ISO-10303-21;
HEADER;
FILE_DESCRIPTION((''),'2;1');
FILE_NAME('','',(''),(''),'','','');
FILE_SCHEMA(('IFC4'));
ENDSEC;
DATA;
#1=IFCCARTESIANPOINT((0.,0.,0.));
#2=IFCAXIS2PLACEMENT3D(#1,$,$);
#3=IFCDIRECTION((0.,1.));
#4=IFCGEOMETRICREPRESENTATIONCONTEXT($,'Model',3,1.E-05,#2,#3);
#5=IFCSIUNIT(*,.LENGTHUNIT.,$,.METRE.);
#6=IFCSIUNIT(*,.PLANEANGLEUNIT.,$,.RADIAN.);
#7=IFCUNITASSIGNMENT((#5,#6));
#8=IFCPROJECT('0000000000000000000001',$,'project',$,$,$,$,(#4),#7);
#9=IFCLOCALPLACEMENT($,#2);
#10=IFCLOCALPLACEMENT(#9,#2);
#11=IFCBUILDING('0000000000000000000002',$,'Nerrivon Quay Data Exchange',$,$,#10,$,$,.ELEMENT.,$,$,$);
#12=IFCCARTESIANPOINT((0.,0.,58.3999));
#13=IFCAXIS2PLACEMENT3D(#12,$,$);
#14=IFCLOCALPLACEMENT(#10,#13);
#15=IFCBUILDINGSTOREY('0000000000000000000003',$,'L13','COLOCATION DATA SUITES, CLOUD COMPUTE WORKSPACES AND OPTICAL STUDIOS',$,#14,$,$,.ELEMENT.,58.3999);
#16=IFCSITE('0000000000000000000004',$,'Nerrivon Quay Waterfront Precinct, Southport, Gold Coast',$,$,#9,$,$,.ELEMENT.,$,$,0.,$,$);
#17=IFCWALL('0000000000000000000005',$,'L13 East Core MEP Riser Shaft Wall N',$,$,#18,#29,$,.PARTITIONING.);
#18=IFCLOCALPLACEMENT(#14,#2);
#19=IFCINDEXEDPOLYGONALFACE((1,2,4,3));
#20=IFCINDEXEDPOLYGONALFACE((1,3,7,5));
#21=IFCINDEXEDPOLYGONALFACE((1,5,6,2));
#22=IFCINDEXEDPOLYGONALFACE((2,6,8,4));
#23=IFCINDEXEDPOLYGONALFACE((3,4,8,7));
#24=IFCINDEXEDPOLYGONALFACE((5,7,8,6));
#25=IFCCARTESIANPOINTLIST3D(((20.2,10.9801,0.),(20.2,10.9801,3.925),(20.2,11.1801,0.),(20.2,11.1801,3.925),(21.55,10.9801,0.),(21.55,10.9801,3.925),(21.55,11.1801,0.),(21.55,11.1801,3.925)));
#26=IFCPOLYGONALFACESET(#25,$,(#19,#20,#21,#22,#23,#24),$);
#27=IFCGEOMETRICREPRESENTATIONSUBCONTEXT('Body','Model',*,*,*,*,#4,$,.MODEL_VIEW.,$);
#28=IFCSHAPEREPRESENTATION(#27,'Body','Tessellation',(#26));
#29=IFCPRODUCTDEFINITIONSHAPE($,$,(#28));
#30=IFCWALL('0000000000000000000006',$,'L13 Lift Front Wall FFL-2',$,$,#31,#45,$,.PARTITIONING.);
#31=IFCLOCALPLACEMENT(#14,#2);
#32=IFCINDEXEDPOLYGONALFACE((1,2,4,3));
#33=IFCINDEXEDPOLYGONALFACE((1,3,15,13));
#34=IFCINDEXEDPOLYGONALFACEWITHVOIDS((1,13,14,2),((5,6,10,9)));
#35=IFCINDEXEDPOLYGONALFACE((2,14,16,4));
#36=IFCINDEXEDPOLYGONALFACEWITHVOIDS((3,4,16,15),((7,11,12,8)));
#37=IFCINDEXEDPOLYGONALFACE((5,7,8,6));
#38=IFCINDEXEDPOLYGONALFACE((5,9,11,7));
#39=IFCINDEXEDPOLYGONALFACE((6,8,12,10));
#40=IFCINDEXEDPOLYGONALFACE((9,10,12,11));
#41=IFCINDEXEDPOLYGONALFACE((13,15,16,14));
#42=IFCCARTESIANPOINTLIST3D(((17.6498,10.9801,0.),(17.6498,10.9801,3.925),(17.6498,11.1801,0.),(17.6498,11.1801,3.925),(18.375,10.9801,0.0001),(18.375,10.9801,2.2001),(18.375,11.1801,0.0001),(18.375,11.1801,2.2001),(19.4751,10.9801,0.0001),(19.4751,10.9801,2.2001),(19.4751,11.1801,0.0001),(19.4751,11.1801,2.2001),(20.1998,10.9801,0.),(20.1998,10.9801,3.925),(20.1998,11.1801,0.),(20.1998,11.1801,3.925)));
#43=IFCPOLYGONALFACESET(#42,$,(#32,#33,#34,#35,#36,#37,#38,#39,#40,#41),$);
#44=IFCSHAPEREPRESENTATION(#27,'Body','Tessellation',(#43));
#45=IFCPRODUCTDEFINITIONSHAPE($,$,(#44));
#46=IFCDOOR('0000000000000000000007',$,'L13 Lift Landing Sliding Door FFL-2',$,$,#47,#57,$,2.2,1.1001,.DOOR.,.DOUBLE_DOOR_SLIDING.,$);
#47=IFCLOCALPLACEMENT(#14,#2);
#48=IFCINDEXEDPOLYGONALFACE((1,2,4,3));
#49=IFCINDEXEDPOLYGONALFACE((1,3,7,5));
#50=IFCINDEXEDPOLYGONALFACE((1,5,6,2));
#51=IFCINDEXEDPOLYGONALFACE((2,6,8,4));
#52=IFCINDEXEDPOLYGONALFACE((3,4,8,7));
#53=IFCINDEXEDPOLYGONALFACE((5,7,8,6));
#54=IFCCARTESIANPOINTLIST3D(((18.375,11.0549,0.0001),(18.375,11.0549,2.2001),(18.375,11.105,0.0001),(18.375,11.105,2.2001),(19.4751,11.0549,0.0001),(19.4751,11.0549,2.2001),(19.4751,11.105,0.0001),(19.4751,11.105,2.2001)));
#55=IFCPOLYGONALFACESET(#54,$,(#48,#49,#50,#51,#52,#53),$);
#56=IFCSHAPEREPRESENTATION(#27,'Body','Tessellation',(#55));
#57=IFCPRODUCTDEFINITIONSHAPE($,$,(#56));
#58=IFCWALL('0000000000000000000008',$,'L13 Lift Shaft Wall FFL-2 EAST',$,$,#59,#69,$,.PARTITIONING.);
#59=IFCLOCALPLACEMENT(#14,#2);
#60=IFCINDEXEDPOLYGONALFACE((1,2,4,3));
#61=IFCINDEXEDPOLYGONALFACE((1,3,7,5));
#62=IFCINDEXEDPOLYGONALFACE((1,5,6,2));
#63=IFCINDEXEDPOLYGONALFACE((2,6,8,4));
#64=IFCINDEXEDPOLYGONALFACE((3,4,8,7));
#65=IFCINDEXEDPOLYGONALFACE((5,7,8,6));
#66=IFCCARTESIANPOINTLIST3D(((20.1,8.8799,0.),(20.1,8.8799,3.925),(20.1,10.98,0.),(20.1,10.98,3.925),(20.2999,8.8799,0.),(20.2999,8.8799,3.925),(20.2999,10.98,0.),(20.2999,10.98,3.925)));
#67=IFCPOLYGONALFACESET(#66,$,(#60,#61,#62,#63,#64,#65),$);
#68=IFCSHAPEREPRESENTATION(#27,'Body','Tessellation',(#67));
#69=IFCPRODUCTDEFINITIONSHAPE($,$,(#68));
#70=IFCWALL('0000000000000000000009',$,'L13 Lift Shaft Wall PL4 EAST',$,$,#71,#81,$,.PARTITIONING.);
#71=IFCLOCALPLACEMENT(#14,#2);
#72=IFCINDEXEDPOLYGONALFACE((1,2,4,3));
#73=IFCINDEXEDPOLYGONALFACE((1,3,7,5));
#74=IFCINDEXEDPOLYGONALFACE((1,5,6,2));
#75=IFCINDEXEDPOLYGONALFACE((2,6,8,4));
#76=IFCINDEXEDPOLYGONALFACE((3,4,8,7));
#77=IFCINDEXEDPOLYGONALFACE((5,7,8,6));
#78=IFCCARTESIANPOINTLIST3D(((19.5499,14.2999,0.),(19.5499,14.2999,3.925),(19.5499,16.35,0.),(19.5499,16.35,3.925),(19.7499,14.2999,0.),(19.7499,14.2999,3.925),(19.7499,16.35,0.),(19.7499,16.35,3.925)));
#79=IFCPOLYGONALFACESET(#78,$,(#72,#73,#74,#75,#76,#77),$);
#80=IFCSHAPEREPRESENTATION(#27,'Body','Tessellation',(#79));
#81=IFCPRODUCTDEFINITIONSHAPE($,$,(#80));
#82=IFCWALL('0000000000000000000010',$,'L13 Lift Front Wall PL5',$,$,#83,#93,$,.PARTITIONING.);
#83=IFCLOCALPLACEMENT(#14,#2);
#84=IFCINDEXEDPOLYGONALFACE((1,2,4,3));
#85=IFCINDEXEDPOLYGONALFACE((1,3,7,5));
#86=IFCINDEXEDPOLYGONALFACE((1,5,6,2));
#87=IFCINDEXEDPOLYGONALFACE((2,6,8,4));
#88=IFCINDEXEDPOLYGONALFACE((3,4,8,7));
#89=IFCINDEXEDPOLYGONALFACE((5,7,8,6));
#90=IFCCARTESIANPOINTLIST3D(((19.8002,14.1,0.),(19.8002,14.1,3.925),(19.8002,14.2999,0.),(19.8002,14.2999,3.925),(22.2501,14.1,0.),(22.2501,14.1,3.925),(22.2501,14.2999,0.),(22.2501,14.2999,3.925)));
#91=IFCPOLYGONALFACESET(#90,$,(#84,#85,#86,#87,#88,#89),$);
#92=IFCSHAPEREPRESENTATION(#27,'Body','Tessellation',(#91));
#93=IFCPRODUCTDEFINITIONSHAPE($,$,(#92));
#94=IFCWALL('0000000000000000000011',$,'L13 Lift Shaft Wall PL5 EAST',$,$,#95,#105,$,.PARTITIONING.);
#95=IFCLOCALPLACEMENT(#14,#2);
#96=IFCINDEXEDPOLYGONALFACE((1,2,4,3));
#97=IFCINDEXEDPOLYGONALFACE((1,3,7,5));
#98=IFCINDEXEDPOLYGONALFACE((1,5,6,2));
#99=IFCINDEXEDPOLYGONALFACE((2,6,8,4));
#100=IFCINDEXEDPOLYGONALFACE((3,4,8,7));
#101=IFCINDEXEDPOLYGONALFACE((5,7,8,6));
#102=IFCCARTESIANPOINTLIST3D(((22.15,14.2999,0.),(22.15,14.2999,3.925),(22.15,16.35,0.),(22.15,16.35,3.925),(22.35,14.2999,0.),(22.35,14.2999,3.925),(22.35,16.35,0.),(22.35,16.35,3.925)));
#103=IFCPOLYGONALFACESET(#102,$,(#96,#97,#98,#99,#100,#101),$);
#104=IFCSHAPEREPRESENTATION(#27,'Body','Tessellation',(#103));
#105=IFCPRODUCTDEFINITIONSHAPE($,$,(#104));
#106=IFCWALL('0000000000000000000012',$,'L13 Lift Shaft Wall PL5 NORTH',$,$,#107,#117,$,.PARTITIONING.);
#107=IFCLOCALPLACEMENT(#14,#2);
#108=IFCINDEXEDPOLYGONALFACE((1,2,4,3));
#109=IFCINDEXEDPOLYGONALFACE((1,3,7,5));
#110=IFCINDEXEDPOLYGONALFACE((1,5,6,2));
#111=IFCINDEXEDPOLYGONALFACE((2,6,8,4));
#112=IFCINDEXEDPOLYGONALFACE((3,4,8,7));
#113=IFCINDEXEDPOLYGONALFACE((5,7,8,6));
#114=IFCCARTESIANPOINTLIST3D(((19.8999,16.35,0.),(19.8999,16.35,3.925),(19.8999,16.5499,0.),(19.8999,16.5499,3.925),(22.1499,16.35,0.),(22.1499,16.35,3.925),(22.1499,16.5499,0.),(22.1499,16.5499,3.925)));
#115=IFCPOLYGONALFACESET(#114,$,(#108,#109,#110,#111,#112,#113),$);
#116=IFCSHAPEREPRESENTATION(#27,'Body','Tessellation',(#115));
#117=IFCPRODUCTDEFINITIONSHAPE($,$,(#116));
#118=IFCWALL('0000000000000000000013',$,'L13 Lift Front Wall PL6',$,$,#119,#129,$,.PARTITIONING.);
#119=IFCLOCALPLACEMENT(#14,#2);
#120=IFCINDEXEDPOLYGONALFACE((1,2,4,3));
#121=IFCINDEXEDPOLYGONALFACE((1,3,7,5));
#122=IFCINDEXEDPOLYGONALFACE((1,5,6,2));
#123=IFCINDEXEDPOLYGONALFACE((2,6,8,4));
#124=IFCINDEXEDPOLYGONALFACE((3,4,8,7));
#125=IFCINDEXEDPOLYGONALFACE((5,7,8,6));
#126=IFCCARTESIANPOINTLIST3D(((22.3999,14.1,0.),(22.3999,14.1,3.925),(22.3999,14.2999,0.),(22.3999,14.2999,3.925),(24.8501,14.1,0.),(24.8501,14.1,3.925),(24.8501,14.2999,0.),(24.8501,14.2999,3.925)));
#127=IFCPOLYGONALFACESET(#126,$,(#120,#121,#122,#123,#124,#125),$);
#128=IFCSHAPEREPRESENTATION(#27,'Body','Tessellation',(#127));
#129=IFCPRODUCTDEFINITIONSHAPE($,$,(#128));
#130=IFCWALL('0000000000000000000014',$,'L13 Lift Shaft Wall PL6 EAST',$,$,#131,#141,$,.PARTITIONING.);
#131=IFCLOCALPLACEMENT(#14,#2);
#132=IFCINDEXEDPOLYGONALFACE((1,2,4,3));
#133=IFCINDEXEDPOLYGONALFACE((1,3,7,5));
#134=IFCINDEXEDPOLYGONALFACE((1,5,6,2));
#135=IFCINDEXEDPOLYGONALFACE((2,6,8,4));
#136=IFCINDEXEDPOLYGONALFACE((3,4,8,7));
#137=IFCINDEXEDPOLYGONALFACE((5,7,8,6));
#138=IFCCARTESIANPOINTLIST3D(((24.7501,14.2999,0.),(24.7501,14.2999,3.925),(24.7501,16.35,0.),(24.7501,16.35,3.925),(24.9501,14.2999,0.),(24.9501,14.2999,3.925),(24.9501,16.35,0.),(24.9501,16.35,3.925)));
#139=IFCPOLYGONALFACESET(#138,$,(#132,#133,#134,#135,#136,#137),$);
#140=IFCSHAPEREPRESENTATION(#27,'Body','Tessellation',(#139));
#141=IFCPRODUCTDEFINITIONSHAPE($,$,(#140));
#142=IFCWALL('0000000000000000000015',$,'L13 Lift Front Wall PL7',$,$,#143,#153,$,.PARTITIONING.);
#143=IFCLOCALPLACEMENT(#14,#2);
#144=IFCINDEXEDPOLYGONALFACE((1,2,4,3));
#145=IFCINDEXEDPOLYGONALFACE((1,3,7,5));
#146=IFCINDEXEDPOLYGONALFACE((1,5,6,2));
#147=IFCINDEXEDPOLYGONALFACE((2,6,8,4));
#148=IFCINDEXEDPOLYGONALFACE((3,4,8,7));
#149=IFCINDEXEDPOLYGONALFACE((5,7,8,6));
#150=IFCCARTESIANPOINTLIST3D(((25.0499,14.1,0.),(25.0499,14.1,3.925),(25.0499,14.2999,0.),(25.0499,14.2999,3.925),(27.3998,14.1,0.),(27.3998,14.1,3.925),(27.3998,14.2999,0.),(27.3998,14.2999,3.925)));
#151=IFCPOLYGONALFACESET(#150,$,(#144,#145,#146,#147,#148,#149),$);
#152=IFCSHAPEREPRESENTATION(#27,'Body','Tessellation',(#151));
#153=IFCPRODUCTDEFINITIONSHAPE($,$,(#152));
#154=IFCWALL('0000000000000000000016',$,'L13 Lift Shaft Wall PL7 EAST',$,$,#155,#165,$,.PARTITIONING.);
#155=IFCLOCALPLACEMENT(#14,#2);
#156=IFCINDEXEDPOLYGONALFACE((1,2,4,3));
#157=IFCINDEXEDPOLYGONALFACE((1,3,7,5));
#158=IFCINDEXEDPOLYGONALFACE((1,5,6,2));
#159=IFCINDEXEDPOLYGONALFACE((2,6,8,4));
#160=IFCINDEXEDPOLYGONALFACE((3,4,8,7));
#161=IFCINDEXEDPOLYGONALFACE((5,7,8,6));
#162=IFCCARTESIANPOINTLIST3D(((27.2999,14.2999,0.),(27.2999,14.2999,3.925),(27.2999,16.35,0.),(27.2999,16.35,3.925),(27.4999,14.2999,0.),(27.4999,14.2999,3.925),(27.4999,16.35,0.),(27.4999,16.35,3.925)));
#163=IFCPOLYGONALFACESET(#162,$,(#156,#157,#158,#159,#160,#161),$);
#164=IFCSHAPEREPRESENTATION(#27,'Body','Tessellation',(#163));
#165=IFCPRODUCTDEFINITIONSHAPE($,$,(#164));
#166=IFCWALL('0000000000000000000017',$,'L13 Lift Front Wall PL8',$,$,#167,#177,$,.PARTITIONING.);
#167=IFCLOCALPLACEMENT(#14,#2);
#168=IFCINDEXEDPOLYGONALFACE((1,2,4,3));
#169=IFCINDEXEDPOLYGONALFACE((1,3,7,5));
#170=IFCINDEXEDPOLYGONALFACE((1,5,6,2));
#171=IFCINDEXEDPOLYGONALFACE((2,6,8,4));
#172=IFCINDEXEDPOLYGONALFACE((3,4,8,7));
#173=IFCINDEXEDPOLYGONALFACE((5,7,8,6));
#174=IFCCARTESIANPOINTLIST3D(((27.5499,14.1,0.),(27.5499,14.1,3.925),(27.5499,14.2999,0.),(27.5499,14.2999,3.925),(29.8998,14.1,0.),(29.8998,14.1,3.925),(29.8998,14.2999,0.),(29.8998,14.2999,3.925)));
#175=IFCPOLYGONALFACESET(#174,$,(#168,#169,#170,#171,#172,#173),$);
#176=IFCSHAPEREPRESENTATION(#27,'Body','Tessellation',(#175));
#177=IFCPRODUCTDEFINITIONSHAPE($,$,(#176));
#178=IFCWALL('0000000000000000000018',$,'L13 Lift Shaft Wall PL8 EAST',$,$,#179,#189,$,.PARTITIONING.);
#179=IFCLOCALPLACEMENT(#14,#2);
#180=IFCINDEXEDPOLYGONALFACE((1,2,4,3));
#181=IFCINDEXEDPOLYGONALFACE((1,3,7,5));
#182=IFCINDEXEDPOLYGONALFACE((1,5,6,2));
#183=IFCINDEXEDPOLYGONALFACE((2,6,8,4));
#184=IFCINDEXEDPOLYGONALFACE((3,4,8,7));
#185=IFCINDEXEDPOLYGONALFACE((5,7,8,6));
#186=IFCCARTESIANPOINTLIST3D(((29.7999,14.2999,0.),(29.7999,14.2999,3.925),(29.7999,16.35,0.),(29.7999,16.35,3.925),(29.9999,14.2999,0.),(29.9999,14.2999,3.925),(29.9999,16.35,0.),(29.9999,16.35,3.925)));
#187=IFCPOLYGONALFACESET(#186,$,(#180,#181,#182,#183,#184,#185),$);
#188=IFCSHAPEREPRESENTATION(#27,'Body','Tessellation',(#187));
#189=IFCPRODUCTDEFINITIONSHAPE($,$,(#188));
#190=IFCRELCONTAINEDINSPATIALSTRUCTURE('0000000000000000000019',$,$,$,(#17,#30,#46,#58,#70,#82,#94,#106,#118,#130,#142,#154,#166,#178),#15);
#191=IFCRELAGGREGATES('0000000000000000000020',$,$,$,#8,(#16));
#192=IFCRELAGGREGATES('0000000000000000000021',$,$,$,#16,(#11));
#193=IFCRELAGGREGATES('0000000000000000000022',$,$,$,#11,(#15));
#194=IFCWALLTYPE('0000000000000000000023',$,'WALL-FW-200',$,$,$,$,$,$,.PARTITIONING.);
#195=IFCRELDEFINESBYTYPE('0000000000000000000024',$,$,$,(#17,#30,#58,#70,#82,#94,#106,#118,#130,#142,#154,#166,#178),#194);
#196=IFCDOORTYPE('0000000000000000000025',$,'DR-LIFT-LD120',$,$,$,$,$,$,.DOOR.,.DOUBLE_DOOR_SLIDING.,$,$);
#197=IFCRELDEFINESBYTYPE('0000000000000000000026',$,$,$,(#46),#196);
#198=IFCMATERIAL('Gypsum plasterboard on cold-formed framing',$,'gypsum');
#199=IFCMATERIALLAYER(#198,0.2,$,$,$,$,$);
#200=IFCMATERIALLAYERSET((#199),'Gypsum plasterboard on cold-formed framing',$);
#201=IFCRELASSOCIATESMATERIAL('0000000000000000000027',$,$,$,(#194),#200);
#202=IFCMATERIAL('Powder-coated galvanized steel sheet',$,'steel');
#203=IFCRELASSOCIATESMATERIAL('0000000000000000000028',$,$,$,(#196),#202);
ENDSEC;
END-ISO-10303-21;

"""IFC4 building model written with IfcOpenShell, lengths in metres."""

from ifc_helpers import new_model, si_unit, direction, frame, frame_2d, origin, place, context, subcontext, project, spatial, rectangle, extrude, material, layer, layer_set, type_object, element, fill, save


model = new_model("IFC4")

# Units and contexts
model_context = context("Model", 3, precision=1e-05, world=origin(), true_north=direction((0.0, 1.0)))
body_context = subcontext(model_context, "Body", "Model", "MODEL_VIEW")
ifc_project = project(units=[si_unit("LENGTHUNIT", "METRE"), si_unit("PLANEANGLEUNIT", "RADIAN")], contexts=[model_context])

# Site, building, storey
site_placement = place(None, origin())
site = spatial("IfcSite", under=ifc_project, at=site_placement, Name="Nerrivon Quay Waterfront Precinct, Southport, Gold Coast", CompositionType="ELEMENT", RefElevation=0.0)
building_placement = place(site_placement, origin())
building = spatial("IfcBuilding", under=site, at=building_placement, Name="Nerrivon Quay Data Exchange", CompositionType="ELEMENT")
storey_placement = place(building_placement, frame((0.0, 0.0, 58.3999)))
storey = spatial("IfcBuildingStorey", under=building, at=storey_placement, Name="L13", Description="COLOCATION DATA SUITES, CLOUD COMPUTE WORKSPACES AND OPTICAL STUDIOS", CompositionType="ELEMENT", Elevation=58.3999)

# Wall
ifc_material_1 = material(Name="Gypsum plasterboard on cold-formed framing", Category="gypsum")
ifc_layer_1 = layer(ifc_material_1, 0.2)
ifc_layer_set_1 = layer_set([ifc_layer_1], Name="Gypsum plasterboard on cold-formed framing")
wall_type_1 = type_object("IfcWallType", Name="WALL-FW-200", PredefinedType="PARTITIONING", material=ifc_layer_set_1)
wall_1_placement = place(storey_placement, frame((20.2, 11.0801, 0.0), z_axis=(0.0, 0.0, 1.0), x_axis=(1.0, 0.0, 0.0)))
element("IfcWall", 1, at=wall_1_placement, inside=storey, type_object=wall_type_1, Name="L13 East Core MEP Riser Shaft Wall N", PredefinedType="PARTITIONING", context=body_context, shape_type="SweptSolid", body=[
    extrude(rectangle(XDim=1.3501, YDim=0.2, at=frame_2d((0.675, 0.0))), origin(), (0.0, 0.0, 1.0), 3.925),
])

# Wall, opening, door
wall_2_placement = place(storey_placement, frame((17.6499, 11.0801, 0.0), z_axis=(0.0, 0.0, 1.0), x_axis=(1.0, 0.0, 0.0)))
wall_2 = element("IfcWall", 2, at=wall_2_placement, inside=storey, type_object=wall_type_1, Name="L13 Lift Front Wall FFL-2", PredefinedType="PARTITIONING", context=body_context, shape_type="SweptSolid", body=[
    extrude(rectangle(XDim=2.55, YDim=0.2, at=frame_2d((1.2749, 0.0))), origin(), (0.0, 0.0, 1.0), 3.925),
])
opening_1_placement = place(wall_2_placement, frame((0.7251, 0.0, 0.0)))
opening_1 = element("IfcOpeningElement", 3, at=opening_1_placement, cuts=wall_2, PredefinedType="OPENING", context=body_context, shape_type="SweptSolid", body=[
    extrude(rectangle(XDim=1.1001, YDim=2.2, at=frame_2d((0.55, 1.1001))), frame((0.0, 0.1099, 0.0), z_axis=(0.0, -1.0, 0.0), x_axis=(1.0, 0.0, 0.0)), (0.0, 0.0, 1.0), 0.22),
])
ifc_material_2 = material(Name="Powder-coated galvanized steel sheet", Category="steel")
door_type_1 = type_object("IfcDoorType", Name="DR-LIFT-LD120", OperationType="DOUBLE_DOOR_SLIDING", PredefinedType="DOOR", material=ifc_material_2)
door_1_placement = place(opening_1_placement, origin())
door_1 = element("IfcDoor", 4, at=door_1_placement, inside=storey, type_object=door_type_1, Name="L13 Lift Landing Sliding Door FFL-2", OperationType="DOUBLE_DOOR_SLIDING", OverallHeight=2.2, OverallWidth=1.1001, PredefinedType="DOOR", context=body_context, shape_type="SweptSolid", body=[
    extrude(rectangle(XDim=1.1001, YDim=2.2, at=frame_2d((0.55, 1.1001))), frame((0.0, 0.0249, 0.0), z_axis=(0.0, -1.0, 0.0), x_axis=(1.0, 0.0, 0.0)), (0.0, 0.0, 1.0), 0.05),
])
fill(opening_1, door_1)

# Walls
wall_3_placement = place(storey_placement, frame((20.2, 8.8799, 0.0), z_axis=(0.0, 0.0, 1.0), x_axis=(0.0, 1.0, 0.0)))
element("IfcWall", 5, at=wall_3_placement, inside=storey, type_object=wall_type_1, Name="L13 Lift Shaft Wall FFL-2 EAST", PredefinedType="PARTITIONING", context=body_context, shape_type="SweptSolid", body=[
    extrude(rectangle(XDim=2.1001, YDim=0.2, at=frame_2d((1.05, 0.0))), origin(), (0.0, 0.0, 1.0), 3.925),
])
wall_4_placement = place(storey_placement, frame((19.6499, 14.3, 0.0), z_axis=(0.0, 0.0, 1.0), x_axis=(0.0, 1.0, 0.0)))
element("IfcWall", 6, at=wall_4_placement, inside=storey, type_object=wall_type_1, Name="L13 Lift Shaft Wall PL4 EAST", PredefinedType="PARTITIONING", context=body_context, shape_type="SweptSolid", body=[
    extrude(rectangle(XDim=2.05, YDim=0.2, at=frame_2d((1.0249, 0.0))), origin(), (0.0, 0.0, 1.0), 3.925),
])
wall_5_placement = place(storey_placement, frame((19.8, 14.2, 0.0), z_axis=(0.0, 0.0, 1.0), x_axis=(1.0, 0.0, 0.0)))
element("IfcWall", 7, at=wall_5_placement, inside=storey, type_object=wall_type_1, Name="L13 Lift Front Wall PL5", PredefinedType="PARTITIONING", context=body_context, shape_type="SweptSolid", body=[
    extrude(rectangle(XDim=2.45, YDim=0.2, at=frame_2d((1.2251, 0.0))), origin(), (0.0, 0.0, 1.0), 3.925),
])
wall_6_placement = place(storey_placement, frame((22.25, 14.3, 0.0), z_axis=(0.0, 0.0, 1.0), x_axis=(0.0, 1.0, 0.0)))
element("IfcWall", 8, at=wall_6_placement, inside=storey, type_object=wall_type_1, Name="L13 Lift Shaft Wall PL5 EAST", PredefinedType="PARTITIONING", context=body_context, shape_type="SweptSolid", body=[
    extrude(rectangle(XDim=2.05, YDim=0.2, at=frame_2d((1.0249, 0.0))), origin(), (0.0, 0.0, 1.0), 3.925),
])
wall_7_placement = place(storey_placement, frame((19.8999, 16.45, 0.0), z_axis=(0.0, 0.0, 1.0), x_axis=(1.0, 0.0, 0.0)))
element("IfcWall", 9, at=wall_7_placement, inside=storey, type_object=wall_type_1, Name="L13 Lift Shaft Wall PL5 NORTH", PredefinedType="PARTITIONING", context=body_context, shape_type="SweptSolid", body=[
    extrude(rectangle(XDim=2.25, YDim=0.2, at=frame_2d((1.125, 0.0))), origin(), (0.0, 0.0, 1.0), 3.925),
])
wall_8_placement = place(storey_placement, frame((22.3999, 14.2, 0.0), z_axis=(0.0, 0.0, 1.0), x_axis=(1.0, 0.0, 0.0)))
element("IfcWall", 10, at=wall_8_placement, inside=storey, type_object=wall_type_1, Name="L13 Lift Front Wall PL6", PredefinedType="PARTITIONING", context=body_context, shape_type="SweptSolid", body=[
    extrude(rectangle(XDim=2.4502, YDim=0.2, at=frame_2d((1.2251, 0.0))), origin(), (0.0, 0.0, 1.0), 3.925),
])
wall_9_placement = place(storey_placement, frame((24.8501, 14.3, 0.0), z_axis=(0.0, 0.0, 1.0), x_axis=(0.0, 1.0, 0.0)))
element("IfcWall", 11, at=wall_9_placement, inside=storey, type_object=wall_type_1, Name="L13 Lift Shaft Wall PL6 EAST", PredefinedType="PARTITIONING", context=body_context, shape_type="SweptSolid", body=[
    extrude(rectangle(XDim=2.05, YDim=0.2, at=frame_2d((1.0249, 0.0))), origin(), (0.0, 0.0, 1.0), 3.925),
])
wall_10_placement = place(storey_placement, frame((25.05, 14.2, 0.0), z_axis=(0.0, 0.0, 1.0), x_axis=(1.0, 0.0, 0.0)))
element("IfcWall", 12, at=wall_10_placement, inside=storey, type_object=wall_type_1, Name="L13 Lift Front Wall PL7", PredefinedType="PARTITIONING", context=body_context, shape_type="SweptSolid", body=[
    extrude(rectangle(XDim=2.3499, YDim=0.2, at=frame_2d((1.1748, 0.0))), origin(), (0.0, 0.0, 1.0), 3.925),
])
wall_11_placement = place(storey_placement, frame((27.3999, 14.3, 0.0), z_axis=(0.0, 0.0, 1.0), x_axis=(0.0, 1.0, 0.0)))
element("IfcWall", 13, at=wall_11_placement, inside=storey, type_object=wall_type_1, Name="L13 Lift Shaft Wall PL7 EAST", PredefinedType="PARTITIONING", context=body_context, shape_type="SweptSolid", body=[
    extrude(rectangle(XDim=2.05, YDim=0.2, at=frame_2d((1.0249, 0.0))), origin(), (0.0, 0.0, 1.0), 3.925),
])
wall_12_placement = place(storey_placement, frame((27.55, 14.2, 0.0), z_axis=(0.0, 0.0, 1.0), x_axis=(1.0, 0.0, 0.0)))
element("IfcWall", 14, at=wall_12_placement, inside=storey, type_object=wall_type_1, Name="L13 Lift Front Wall PL8", PredefinedType="PARTITIONING", context=body_context, shape_type="SweptSolid", body=[
    extrude(rectangle(XDim=2.3499, YDim=0.2, at=frame_2d((1.1748, 0.0))), origin(), (0.0, 0.0, 1.0), 3.925),
])
wall_13_placement = place(storey_placement, frame((29.8999, 14.3, 0.0), z_axis=(0.0, 0.0, 1.0), x_axis=(0.0, 1.0, 0.0)))
element("IfcWall", 15, at=wall_13_placement, inside=storey, type_object=wall_type_1, Name="L13 Lift Shaft Wall PL8 EAST", PredefinedType="PARTITIONING", context=body_context, shape_type="SweptSolid", body=[
    extrude(rectangle(XDim=2.05, YDim=0.2, at=frame_2d((1.0249, 0.0))), origin(), (0.0, 0.0, 1.0), 3.925),
])

save(model, "model.ifc")
